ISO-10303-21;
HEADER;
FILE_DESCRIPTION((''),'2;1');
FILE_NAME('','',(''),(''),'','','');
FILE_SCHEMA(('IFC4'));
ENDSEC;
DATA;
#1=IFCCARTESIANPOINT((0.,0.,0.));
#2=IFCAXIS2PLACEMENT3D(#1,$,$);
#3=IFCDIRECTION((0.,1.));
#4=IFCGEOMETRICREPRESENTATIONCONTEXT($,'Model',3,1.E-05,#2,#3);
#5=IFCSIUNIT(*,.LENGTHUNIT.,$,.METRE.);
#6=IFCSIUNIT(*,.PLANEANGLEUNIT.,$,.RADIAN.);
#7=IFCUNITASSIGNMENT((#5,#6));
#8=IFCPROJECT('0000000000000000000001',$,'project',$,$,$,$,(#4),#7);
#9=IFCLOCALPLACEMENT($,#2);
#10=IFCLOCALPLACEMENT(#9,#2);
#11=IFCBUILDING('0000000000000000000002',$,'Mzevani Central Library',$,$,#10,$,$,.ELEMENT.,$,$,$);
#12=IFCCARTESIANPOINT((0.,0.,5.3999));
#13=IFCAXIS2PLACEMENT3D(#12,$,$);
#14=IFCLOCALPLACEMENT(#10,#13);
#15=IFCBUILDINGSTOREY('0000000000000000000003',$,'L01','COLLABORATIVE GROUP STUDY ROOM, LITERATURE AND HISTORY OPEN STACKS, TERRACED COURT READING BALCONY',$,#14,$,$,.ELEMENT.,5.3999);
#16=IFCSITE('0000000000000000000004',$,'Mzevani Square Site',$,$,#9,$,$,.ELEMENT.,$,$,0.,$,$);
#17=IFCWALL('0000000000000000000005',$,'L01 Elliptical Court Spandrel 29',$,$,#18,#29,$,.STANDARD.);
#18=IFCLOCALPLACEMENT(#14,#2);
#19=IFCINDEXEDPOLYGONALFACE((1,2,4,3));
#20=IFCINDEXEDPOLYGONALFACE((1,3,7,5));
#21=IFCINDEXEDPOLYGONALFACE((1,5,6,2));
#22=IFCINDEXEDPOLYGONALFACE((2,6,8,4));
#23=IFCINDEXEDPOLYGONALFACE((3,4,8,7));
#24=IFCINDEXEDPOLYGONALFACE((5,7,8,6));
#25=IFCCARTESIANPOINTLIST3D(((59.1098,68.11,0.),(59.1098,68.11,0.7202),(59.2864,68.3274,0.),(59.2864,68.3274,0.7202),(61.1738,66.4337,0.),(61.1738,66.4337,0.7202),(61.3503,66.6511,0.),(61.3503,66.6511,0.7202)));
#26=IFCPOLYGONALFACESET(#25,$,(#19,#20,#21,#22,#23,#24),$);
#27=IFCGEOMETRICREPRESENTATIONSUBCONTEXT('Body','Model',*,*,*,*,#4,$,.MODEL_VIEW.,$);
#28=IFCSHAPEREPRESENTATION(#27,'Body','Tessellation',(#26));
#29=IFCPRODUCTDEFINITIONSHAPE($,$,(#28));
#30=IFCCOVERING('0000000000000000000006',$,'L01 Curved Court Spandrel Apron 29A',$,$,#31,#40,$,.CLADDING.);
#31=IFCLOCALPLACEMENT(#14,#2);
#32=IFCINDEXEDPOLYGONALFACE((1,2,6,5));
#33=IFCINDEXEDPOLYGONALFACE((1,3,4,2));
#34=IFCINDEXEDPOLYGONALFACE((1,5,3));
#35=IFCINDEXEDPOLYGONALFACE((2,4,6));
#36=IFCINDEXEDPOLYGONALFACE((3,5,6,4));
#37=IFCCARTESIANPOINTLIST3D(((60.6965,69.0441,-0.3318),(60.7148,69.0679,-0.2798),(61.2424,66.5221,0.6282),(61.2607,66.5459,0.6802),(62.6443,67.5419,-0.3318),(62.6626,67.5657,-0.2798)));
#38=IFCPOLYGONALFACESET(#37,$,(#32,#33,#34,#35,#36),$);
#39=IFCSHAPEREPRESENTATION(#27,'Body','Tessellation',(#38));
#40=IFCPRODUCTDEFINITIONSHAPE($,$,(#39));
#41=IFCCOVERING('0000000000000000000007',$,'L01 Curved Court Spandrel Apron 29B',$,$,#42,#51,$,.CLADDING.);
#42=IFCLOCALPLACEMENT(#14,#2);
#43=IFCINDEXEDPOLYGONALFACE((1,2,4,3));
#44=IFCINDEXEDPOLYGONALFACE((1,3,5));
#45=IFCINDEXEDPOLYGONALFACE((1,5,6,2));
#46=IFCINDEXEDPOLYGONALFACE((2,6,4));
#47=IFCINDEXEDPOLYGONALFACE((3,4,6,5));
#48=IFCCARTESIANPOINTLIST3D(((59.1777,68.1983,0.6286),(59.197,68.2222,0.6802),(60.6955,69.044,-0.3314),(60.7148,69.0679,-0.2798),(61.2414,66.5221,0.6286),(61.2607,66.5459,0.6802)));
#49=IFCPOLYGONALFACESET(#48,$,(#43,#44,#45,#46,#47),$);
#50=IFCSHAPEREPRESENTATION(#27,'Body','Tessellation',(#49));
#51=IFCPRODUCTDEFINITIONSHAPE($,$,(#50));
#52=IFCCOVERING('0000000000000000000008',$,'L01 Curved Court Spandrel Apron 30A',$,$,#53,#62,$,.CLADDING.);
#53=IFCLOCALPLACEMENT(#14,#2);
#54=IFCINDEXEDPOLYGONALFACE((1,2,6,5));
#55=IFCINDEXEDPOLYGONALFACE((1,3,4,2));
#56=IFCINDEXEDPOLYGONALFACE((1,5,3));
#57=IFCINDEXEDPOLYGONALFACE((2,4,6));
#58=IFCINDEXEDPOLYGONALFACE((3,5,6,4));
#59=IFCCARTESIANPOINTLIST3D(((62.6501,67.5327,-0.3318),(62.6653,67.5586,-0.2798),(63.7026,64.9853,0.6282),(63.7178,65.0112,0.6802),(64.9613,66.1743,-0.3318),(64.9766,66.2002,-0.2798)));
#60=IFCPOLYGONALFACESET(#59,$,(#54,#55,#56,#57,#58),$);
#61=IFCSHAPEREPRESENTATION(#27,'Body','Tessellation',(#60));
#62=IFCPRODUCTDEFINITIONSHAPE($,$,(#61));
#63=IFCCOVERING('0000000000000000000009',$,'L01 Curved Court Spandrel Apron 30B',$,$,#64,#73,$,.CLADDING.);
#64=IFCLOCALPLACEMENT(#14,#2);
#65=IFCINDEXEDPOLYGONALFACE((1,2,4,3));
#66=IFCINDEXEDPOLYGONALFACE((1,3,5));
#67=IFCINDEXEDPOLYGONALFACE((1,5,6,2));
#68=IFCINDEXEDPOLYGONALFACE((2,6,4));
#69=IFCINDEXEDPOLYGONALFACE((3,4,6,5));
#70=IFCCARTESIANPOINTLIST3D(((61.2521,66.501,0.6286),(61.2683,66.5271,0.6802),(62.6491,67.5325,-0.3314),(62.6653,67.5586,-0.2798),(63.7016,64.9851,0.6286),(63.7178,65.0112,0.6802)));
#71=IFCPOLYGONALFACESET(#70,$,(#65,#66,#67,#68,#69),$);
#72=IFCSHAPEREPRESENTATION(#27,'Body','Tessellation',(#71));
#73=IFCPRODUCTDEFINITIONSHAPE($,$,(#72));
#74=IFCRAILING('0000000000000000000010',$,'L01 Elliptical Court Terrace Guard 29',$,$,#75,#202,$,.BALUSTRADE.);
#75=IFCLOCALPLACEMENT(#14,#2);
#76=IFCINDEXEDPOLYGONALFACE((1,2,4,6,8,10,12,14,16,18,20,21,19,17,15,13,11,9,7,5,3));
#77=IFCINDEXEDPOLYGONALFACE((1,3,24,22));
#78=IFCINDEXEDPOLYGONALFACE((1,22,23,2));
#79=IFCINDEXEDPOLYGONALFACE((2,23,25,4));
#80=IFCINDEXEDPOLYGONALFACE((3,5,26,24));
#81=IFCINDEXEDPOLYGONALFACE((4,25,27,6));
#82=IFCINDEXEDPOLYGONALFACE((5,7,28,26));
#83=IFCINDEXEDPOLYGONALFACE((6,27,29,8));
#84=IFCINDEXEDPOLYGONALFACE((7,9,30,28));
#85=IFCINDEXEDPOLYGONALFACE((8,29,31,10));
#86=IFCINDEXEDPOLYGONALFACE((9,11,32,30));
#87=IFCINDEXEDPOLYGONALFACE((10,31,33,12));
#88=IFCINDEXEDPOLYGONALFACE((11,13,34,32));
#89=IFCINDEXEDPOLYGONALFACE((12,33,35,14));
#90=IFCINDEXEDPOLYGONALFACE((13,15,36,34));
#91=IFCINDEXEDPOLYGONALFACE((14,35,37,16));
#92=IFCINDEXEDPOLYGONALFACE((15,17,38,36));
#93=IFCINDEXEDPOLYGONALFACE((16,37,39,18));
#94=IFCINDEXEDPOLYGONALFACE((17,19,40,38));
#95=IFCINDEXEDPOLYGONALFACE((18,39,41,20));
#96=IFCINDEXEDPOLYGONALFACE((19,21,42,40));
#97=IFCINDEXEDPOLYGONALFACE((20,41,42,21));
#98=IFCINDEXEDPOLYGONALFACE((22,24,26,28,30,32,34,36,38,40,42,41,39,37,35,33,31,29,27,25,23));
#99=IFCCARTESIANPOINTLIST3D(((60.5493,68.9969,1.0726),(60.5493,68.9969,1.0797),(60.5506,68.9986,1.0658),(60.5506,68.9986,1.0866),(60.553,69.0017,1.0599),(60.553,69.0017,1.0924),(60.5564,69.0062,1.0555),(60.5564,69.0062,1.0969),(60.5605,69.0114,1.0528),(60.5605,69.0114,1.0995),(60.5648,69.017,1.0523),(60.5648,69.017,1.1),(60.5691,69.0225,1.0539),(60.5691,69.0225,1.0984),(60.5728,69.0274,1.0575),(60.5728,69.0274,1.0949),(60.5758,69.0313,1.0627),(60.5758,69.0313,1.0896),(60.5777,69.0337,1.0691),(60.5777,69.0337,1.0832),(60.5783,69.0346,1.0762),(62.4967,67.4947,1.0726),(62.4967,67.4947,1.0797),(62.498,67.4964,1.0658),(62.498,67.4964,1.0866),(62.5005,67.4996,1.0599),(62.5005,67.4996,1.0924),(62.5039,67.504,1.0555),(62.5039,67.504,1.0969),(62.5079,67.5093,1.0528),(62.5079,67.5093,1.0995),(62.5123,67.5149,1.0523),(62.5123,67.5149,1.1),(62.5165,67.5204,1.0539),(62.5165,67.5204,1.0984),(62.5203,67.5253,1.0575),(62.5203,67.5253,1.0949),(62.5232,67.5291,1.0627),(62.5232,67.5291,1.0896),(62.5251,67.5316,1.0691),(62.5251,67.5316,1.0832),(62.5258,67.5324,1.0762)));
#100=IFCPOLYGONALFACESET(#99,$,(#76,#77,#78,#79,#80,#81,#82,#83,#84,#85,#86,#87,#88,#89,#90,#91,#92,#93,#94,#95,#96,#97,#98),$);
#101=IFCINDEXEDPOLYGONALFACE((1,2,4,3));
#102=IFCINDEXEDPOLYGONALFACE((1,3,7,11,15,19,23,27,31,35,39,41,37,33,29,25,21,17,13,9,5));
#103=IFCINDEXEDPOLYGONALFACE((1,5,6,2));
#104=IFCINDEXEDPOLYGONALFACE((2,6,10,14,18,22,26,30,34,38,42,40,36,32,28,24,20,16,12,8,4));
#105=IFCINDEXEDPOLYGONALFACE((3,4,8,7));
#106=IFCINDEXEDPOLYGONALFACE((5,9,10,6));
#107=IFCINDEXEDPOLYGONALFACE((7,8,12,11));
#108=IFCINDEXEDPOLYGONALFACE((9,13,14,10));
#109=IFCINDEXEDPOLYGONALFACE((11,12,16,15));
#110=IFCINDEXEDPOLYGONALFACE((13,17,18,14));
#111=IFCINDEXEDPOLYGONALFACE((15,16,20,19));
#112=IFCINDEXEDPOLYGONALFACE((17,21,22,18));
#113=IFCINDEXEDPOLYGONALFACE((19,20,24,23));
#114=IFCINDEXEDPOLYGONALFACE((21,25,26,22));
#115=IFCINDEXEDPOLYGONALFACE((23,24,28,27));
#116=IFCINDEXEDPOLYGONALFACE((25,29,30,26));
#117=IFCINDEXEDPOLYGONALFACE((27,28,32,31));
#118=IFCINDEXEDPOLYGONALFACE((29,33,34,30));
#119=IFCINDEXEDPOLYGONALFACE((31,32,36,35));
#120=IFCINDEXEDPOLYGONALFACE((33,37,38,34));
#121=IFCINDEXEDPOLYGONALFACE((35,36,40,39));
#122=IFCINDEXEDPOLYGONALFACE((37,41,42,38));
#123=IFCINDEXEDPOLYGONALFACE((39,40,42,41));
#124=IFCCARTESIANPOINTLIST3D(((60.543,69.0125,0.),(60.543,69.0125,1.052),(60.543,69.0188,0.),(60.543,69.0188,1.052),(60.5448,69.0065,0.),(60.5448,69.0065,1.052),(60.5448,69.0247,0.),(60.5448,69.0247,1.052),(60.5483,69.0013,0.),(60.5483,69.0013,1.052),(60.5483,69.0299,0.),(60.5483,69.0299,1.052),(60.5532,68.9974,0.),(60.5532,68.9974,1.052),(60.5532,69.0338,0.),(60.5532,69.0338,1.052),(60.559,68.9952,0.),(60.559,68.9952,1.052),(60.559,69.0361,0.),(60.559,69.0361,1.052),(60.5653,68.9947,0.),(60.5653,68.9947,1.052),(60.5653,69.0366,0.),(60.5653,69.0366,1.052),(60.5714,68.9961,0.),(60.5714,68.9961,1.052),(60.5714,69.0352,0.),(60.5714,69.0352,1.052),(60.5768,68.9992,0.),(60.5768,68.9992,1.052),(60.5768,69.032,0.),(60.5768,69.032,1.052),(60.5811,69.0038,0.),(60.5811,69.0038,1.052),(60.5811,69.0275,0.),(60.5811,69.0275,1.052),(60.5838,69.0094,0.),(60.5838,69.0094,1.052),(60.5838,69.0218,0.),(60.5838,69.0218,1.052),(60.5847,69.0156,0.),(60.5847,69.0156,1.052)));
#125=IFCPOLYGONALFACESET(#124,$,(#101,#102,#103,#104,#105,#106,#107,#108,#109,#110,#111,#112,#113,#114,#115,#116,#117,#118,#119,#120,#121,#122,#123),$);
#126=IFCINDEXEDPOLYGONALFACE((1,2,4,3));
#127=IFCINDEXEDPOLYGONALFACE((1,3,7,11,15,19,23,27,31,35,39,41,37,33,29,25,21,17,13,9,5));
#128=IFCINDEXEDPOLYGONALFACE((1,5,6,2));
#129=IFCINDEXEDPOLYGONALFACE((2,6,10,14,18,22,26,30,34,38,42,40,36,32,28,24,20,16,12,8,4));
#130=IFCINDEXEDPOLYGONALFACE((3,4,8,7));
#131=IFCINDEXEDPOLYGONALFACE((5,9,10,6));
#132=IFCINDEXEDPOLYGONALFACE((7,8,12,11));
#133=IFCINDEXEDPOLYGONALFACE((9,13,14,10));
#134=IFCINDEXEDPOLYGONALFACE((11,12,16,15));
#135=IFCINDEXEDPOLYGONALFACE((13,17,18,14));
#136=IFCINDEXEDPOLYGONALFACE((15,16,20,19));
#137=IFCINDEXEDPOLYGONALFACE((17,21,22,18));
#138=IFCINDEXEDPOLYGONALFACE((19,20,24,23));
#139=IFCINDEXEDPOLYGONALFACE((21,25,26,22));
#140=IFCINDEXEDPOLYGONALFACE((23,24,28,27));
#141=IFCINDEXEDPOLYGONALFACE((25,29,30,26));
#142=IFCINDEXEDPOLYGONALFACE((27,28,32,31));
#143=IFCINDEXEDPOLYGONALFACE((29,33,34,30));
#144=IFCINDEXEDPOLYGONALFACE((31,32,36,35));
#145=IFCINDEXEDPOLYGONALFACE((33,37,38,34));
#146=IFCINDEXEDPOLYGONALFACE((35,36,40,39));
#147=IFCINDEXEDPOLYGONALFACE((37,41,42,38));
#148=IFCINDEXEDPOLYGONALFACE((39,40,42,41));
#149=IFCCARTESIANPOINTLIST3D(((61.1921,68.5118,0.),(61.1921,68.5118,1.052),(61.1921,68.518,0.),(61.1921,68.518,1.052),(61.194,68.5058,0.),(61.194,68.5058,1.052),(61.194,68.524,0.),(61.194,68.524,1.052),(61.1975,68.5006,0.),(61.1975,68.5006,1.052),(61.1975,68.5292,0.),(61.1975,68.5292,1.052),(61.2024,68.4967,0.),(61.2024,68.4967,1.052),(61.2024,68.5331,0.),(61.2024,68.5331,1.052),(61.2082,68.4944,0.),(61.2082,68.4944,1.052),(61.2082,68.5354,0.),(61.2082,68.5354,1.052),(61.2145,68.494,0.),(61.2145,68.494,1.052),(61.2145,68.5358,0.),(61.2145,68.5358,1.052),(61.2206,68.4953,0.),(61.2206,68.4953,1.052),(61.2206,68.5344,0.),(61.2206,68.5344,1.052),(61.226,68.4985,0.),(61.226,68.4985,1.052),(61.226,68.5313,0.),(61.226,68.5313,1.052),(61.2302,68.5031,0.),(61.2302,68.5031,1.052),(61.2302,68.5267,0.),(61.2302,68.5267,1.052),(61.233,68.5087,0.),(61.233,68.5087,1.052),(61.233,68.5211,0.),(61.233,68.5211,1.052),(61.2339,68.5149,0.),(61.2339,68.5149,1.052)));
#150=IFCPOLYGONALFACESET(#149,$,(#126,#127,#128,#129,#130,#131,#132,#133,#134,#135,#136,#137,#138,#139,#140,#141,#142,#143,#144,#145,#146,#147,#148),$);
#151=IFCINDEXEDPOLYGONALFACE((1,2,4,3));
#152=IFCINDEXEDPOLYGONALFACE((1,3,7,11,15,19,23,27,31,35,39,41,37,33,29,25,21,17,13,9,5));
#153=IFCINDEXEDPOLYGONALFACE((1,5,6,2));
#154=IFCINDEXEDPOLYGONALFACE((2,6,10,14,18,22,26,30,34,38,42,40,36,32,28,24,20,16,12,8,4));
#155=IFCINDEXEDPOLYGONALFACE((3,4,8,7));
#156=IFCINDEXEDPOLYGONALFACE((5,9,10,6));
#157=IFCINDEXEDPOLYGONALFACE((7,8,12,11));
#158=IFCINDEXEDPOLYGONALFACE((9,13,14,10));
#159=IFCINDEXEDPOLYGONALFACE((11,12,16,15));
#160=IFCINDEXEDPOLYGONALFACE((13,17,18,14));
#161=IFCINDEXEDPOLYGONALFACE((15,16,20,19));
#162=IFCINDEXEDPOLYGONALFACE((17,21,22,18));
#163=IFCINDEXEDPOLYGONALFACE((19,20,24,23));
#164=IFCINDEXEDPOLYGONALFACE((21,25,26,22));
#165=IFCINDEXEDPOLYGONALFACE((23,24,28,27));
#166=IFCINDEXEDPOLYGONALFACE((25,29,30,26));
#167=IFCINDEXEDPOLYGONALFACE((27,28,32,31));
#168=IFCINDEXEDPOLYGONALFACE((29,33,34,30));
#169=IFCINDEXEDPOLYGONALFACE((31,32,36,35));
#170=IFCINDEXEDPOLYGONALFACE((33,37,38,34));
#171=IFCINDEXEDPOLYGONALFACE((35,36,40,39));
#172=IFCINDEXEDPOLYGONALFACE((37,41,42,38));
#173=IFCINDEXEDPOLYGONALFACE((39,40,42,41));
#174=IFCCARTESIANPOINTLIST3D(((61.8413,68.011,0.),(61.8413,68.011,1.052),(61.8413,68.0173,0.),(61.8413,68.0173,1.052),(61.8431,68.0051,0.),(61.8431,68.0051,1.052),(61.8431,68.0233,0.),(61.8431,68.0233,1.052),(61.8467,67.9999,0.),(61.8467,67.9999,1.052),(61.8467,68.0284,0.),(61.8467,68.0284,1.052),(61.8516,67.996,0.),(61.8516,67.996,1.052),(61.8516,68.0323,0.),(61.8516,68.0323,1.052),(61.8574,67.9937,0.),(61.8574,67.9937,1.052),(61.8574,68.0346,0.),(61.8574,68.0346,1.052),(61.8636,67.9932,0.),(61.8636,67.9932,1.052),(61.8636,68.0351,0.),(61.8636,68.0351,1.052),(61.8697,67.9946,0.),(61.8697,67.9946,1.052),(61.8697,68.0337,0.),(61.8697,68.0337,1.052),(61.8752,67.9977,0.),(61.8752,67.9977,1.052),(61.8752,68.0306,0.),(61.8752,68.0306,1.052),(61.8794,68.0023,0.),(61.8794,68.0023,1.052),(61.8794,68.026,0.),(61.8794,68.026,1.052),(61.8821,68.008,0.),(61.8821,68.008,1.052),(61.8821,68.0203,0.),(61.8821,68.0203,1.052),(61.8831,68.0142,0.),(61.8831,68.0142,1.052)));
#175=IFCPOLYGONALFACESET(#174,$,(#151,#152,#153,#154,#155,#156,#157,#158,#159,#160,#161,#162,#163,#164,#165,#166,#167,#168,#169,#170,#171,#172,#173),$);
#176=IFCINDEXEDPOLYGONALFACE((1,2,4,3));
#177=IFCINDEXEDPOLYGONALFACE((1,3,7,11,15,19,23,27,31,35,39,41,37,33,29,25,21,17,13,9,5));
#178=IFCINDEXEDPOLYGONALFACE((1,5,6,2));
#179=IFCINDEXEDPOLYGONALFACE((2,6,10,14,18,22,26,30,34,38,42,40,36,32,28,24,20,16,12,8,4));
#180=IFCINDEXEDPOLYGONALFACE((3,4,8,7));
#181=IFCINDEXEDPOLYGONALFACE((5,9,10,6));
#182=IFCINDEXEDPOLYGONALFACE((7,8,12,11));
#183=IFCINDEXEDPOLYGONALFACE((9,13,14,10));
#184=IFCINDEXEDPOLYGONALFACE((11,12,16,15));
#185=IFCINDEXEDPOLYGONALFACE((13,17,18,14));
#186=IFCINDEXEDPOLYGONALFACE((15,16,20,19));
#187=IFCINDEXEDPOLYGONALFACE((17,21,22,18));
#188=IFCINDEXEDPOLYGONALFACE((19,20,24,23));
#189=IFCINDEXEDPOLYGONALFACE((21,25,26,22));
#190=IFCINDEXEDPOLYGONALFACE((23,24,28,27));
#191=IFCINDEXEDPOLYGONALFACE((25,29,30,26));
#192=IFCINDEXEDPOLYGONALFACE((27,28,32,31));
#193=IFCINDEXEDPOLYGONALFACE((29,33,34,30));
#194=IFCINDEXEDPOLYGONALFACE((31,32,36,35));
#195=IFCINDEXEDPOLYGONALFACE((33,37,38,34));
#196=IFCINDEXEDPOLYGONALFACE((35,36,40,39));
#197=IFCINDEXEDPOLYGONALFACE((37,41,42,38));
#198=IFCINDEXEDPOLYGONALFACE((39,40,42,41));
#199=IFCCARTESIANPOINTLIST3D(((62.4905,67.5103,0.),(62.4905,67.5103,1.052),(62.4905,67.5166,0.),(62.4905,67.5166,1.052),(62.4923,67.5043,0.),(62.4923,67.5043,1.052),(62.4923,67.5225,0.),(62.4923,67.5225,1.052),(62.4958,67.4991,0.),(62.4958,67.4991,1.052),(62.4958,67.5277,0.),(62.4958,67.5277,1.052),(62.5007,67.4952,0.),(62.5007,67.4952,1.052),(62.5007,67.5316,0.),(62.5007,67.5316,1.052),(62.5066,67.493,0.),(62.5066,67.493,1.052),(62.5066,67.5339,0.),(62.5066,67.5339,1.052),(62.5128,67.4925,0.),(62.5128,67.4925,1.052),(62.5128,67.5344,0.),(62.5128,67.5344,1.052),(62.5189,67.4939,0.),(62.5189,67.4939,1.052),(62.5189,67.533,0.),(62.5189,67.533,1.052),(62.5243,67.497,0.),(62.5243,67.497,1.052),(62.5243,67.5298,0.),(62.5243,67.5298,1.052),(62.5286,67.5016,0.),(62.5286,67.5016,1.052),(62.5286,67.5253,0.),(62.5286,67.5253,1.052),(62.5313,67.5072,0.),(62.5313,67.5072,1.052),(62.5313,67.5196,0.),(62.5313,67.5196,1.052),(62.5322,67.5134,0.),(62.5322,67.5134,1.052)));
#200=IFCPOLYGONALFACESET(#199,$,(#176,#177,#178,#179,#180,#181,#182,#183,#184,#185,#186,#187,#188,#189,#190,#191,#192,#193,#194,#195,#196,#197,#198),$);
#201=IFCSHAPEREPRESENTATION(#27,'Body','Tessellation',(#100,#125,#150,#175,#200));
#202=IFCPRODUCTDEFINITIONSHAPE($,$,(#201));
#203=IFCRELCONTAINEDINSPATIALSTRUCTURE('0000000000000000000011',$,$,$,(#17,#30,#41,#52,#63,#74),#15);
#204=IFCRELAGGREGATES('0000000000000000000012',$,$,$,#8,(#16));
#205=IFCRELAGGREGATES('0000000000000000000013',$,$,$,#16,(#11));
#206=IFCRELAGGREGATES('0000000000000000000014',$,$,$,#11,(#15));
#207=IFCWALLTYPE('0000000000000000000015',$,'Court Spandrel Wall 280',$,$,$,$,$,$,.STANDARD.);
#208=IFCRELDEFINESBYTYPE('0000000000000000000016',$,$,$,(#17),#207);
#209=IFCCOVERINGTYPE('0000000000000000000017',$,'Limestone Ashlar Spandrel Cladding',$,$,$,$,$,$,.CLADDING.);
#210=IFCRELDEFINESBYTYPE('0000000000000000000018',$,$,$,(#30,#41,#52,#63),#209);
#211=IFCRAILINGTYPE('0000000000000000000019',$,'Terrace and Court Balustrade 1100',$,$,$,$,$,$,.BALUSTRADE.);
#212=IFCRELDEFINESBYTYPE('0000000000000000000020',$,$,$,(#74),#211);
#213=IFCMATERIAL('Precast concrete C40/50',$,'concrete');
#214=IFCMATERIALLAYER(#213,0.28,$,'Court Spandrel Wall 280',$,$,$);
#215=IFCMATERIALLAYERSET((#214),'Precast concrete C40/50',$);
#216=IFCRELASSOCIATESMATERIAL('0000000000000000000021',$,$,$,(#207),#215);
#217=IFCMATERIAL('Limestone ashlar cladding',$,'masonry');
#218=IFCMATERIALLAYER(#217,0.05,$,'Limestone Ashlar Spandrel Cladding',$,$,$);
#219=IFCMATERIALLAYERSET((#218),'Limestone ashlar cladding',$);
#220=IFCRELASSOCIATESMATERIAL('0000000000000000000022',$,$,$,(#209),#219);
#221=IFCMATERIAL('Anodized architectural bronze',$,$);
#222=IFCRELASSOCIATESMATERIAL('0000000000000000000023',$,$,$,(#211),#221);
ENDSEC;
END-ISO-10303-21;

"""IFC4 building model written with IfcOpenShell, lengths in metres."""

from ifc_helpers import new_model, si_unit, direction, frame, frame_2d, origin, origin_2d, place, context, subcontext, project, spatial, polyline, rectangle, circle, outline, extrude, material, layer, layer_set, type_object, element, save


model = new_model("IFC4")

# Units and contexts
model_context = context("Model", 3, precision=1e-05, world=origin(), true_north=direction((0.0, 1.0)))
body_context = subcontext(model_context, "Body", "Model", "MODEL_VIEW")
ifc_project = project(units=[si_unit("LENGTHUNIT", "METRE"), si_unit("PLANEANGLEUNIT", "RADIAN")], contexts=[model_context])

# Site, building, storey
site_placement = place(None, origin())
site = spatial("IfcSite", under=ifc_project, at=site_placement, Name="Mzevani Square Site", CompositionType="ELEMENT", RefElevation=0.0)
building_placement = place(site_placement, origin())
building = spatial("IfcBuilding", under=site, at=building_placement, Name="Mzevani Central Library", CompositionType="ELEMENT")
storey_placement = place(building_placement, frame((0.0, 0.0, 5.3999)))
storey = spatial("IfcBuildingStorey", under=building, at=storey_placement, Name="L01", Description="COLLABORATIVE GROUP STUDY ROOM, LITERATURE AND HISTORY OPEN STACKS, TERRACED COURT READING BALCONY", CompositionType="ELEMENT", Elevation=5.3999)

# Wall
ifc_material_1 = material(Name="Precast concrete C40/50", Category="concrete")
ifc_layer_1 = layer(ifc_material_1, 0.28, Name="Court Spandrel Wall 280")
ifc_layer_set_1 = layer_set([ifc_layer_1], Name="Precast concrete C40/50")
wall_type = type_object("IfcWallType", Name="Court Spandrel Wall 280", PredefinedType="STANDARD", material=ifc_layer_set_1)
wall_1_placement = place(storey_placement, frame((59.198, 68.2188, 0.0), z_axis=(0.0, 0.0, 1.0), x_axis=(0.776243, -0.630434, 0.0)))
element("IfcWall", 1, at=wall_1_placement, inside=storey, type_object=wall_type, Name="L01 Elliptical Court Spandrel 29", PredefinedType="STANDARD", context=body_context, shape_type="SweptSolid", body=[
    extrude(rectangle(XDim=2.6589, YDim=0.28, at=frame_2d((1.3296, 0.0))), origin(), (0.0, 0.0, 1.0), 0.7202),
])

# Coverings
ifc_material_2 = material(Name="Limestone ashlar cladding", Category="masonry")
ifc_layer_2 = layer(ifc_material_2, 0.05, Name="Limestone Ashlar Spandrel Cladding")
ifc_layer_set_2 = layer_set([ifc_layer_2], Name="Limestone ashlar cladding")
covering_type = type_object("IfcCoveringType", Name="Limestone Ashlar Spandrel Cladding", PredefinedType="CLADDING", material=ifc_layer_set_2)
covering_1_placement = place(storey_placement, frame((60.7148, 69.0679, -0.2798), z_axis=(0.305227, 0.395758, 0.866148), x_axis=(0.791852, -0.610713, 0.0)))
element("IfcCovering", 2, at=covering_1_placement, inside=storey, type_object=covering_type, Name="L01 Curved Court Spandrel Apron 29A", PredefinedType="CLADDING", context=body_context, shape_type="SweptSolid", body=[
    extrude(outline(polyline([(0.0, 0.0), (2.4597, 0.0), (1.9725, -1.9207), (0.0, 0.0)])), origin(), (0.0, 0.0, -1.0), 0.0601),
])
covering_2_placement = place(storey_placement, frame((60.7148, 69.0679, -0.2798), z_axis=(0.322382, 0.396897, 0.859385), x_axis=(0.198281, -0.916029, 0.348676)))
element("IfcCovering", 3, at=covering_2_placement, inside=storey, type_object=covering_type, Name="L01 Curved Court Spandrel Apron 29B", PredefinedType="CLADDING", context=body_context, shape_type="SweptSolid", body=[
    extrude(outline(polyline([(0.0, 0.0), (2.7532, 0.0), (0.8084, -1.813), (0.0, 0.0)])), origin(), (0.0, 0.0, -1.0), 0.0601),
])
covering_3_placement = place(storey_placement, frame((62.6653, 67.5586, -0.2798), z_axis=(0.253329, 0.431033, 0.866046), x_axis=(0.862126, -0.506694, 0.0)))
element("IfcCovering", 4, at=covering_3_placement, inside=storey, type_object=covering_type, Name="L01 Curved Court Spandrel Apron 30A", PredefinedType="CLADDING", context=body_context, shape_type="SweptSolid", body=[
    extrude(outline(polyline([(0.0, 0.0), (2.6809, 0.0), (2.1981, -1.9201), (0.0, 0.0)])), origin(), (0.0, 0.0, -1.0), 0.0601),
])
covering_4_placement = place(storey_placement, frame((62.6653, 67.5586, -0.2798), z_axis=(0.269221, 0.435029, 0.859226), x_axis=(0.360613, -0.872798, 0.32891)))
element("IfcCovering", 5, at=covering_4_placement, inside=storey, type_object=covering_type, Name="L01 Curved Court Spandrel Apron 30B", PredefinedType="CLADDING", context=body_context, shape_type="SweptSolid", body=[
    extrude(outline(polyline([(0.0, 0.0), (2.9186, 0.0), (0.7123, -1.852), (0.0, 0.0)])), origin(), (0.0, 0.0, -1.0), 0.0601),
])

# Railing
ifc_material_3 = material(Name="Anodized architectural bronze")
railing_type = type_object("IfcRailingType", Name="Terrace and Court Balustrade 1100", PredefinedType="BALUSTRADE", material=ifc_material_3)
railing_1_placement = place(storey_placement, frame((60.5637, 69.0156, 0.0)))
element("IfcRailing", 6, at=railing_1_placement, inside=storey, type_object=railing_type, Name="L01 Elliptical Court Terrace Guard 29", PredefinedType="BALUSTRADE", context=body_context, shape_type="SweptSolid", body=[
    extrude(circle(Radius=0.0239, at=origin_2d()), frame((0.0, 0.0, 1.0762), z_axis=(0.791815, -0.610761, 0.0), x_axis=(0.610761, 0.791815, 0.0)), (0.0, 0.0, 1.0), 2.4595),
    extrude(circle(Radius=0.021, at=origin_2d()), origin(), (0.0, 0.0, 1.0), 1.052),
    extrude(circle(Radius=0.021, at=origin_2d()), frame((0.6492, -0.5007, 0.0)), (0.0, 0.0, 1.0), 1.052),
    extrude(circle(Radius=0.021, at=origin_2d()), frame((1.2983, -1.0015, 0.0)), (0.0, 0.0, 1.0), 1.052),
    extrude(circle(Radius=0.021, at=origin_2d()), frame((1.9475, -1.5022, 0.0)), (0.0, 0.0, 1.0), 1.052),
])

save(model, "model.ifc")
